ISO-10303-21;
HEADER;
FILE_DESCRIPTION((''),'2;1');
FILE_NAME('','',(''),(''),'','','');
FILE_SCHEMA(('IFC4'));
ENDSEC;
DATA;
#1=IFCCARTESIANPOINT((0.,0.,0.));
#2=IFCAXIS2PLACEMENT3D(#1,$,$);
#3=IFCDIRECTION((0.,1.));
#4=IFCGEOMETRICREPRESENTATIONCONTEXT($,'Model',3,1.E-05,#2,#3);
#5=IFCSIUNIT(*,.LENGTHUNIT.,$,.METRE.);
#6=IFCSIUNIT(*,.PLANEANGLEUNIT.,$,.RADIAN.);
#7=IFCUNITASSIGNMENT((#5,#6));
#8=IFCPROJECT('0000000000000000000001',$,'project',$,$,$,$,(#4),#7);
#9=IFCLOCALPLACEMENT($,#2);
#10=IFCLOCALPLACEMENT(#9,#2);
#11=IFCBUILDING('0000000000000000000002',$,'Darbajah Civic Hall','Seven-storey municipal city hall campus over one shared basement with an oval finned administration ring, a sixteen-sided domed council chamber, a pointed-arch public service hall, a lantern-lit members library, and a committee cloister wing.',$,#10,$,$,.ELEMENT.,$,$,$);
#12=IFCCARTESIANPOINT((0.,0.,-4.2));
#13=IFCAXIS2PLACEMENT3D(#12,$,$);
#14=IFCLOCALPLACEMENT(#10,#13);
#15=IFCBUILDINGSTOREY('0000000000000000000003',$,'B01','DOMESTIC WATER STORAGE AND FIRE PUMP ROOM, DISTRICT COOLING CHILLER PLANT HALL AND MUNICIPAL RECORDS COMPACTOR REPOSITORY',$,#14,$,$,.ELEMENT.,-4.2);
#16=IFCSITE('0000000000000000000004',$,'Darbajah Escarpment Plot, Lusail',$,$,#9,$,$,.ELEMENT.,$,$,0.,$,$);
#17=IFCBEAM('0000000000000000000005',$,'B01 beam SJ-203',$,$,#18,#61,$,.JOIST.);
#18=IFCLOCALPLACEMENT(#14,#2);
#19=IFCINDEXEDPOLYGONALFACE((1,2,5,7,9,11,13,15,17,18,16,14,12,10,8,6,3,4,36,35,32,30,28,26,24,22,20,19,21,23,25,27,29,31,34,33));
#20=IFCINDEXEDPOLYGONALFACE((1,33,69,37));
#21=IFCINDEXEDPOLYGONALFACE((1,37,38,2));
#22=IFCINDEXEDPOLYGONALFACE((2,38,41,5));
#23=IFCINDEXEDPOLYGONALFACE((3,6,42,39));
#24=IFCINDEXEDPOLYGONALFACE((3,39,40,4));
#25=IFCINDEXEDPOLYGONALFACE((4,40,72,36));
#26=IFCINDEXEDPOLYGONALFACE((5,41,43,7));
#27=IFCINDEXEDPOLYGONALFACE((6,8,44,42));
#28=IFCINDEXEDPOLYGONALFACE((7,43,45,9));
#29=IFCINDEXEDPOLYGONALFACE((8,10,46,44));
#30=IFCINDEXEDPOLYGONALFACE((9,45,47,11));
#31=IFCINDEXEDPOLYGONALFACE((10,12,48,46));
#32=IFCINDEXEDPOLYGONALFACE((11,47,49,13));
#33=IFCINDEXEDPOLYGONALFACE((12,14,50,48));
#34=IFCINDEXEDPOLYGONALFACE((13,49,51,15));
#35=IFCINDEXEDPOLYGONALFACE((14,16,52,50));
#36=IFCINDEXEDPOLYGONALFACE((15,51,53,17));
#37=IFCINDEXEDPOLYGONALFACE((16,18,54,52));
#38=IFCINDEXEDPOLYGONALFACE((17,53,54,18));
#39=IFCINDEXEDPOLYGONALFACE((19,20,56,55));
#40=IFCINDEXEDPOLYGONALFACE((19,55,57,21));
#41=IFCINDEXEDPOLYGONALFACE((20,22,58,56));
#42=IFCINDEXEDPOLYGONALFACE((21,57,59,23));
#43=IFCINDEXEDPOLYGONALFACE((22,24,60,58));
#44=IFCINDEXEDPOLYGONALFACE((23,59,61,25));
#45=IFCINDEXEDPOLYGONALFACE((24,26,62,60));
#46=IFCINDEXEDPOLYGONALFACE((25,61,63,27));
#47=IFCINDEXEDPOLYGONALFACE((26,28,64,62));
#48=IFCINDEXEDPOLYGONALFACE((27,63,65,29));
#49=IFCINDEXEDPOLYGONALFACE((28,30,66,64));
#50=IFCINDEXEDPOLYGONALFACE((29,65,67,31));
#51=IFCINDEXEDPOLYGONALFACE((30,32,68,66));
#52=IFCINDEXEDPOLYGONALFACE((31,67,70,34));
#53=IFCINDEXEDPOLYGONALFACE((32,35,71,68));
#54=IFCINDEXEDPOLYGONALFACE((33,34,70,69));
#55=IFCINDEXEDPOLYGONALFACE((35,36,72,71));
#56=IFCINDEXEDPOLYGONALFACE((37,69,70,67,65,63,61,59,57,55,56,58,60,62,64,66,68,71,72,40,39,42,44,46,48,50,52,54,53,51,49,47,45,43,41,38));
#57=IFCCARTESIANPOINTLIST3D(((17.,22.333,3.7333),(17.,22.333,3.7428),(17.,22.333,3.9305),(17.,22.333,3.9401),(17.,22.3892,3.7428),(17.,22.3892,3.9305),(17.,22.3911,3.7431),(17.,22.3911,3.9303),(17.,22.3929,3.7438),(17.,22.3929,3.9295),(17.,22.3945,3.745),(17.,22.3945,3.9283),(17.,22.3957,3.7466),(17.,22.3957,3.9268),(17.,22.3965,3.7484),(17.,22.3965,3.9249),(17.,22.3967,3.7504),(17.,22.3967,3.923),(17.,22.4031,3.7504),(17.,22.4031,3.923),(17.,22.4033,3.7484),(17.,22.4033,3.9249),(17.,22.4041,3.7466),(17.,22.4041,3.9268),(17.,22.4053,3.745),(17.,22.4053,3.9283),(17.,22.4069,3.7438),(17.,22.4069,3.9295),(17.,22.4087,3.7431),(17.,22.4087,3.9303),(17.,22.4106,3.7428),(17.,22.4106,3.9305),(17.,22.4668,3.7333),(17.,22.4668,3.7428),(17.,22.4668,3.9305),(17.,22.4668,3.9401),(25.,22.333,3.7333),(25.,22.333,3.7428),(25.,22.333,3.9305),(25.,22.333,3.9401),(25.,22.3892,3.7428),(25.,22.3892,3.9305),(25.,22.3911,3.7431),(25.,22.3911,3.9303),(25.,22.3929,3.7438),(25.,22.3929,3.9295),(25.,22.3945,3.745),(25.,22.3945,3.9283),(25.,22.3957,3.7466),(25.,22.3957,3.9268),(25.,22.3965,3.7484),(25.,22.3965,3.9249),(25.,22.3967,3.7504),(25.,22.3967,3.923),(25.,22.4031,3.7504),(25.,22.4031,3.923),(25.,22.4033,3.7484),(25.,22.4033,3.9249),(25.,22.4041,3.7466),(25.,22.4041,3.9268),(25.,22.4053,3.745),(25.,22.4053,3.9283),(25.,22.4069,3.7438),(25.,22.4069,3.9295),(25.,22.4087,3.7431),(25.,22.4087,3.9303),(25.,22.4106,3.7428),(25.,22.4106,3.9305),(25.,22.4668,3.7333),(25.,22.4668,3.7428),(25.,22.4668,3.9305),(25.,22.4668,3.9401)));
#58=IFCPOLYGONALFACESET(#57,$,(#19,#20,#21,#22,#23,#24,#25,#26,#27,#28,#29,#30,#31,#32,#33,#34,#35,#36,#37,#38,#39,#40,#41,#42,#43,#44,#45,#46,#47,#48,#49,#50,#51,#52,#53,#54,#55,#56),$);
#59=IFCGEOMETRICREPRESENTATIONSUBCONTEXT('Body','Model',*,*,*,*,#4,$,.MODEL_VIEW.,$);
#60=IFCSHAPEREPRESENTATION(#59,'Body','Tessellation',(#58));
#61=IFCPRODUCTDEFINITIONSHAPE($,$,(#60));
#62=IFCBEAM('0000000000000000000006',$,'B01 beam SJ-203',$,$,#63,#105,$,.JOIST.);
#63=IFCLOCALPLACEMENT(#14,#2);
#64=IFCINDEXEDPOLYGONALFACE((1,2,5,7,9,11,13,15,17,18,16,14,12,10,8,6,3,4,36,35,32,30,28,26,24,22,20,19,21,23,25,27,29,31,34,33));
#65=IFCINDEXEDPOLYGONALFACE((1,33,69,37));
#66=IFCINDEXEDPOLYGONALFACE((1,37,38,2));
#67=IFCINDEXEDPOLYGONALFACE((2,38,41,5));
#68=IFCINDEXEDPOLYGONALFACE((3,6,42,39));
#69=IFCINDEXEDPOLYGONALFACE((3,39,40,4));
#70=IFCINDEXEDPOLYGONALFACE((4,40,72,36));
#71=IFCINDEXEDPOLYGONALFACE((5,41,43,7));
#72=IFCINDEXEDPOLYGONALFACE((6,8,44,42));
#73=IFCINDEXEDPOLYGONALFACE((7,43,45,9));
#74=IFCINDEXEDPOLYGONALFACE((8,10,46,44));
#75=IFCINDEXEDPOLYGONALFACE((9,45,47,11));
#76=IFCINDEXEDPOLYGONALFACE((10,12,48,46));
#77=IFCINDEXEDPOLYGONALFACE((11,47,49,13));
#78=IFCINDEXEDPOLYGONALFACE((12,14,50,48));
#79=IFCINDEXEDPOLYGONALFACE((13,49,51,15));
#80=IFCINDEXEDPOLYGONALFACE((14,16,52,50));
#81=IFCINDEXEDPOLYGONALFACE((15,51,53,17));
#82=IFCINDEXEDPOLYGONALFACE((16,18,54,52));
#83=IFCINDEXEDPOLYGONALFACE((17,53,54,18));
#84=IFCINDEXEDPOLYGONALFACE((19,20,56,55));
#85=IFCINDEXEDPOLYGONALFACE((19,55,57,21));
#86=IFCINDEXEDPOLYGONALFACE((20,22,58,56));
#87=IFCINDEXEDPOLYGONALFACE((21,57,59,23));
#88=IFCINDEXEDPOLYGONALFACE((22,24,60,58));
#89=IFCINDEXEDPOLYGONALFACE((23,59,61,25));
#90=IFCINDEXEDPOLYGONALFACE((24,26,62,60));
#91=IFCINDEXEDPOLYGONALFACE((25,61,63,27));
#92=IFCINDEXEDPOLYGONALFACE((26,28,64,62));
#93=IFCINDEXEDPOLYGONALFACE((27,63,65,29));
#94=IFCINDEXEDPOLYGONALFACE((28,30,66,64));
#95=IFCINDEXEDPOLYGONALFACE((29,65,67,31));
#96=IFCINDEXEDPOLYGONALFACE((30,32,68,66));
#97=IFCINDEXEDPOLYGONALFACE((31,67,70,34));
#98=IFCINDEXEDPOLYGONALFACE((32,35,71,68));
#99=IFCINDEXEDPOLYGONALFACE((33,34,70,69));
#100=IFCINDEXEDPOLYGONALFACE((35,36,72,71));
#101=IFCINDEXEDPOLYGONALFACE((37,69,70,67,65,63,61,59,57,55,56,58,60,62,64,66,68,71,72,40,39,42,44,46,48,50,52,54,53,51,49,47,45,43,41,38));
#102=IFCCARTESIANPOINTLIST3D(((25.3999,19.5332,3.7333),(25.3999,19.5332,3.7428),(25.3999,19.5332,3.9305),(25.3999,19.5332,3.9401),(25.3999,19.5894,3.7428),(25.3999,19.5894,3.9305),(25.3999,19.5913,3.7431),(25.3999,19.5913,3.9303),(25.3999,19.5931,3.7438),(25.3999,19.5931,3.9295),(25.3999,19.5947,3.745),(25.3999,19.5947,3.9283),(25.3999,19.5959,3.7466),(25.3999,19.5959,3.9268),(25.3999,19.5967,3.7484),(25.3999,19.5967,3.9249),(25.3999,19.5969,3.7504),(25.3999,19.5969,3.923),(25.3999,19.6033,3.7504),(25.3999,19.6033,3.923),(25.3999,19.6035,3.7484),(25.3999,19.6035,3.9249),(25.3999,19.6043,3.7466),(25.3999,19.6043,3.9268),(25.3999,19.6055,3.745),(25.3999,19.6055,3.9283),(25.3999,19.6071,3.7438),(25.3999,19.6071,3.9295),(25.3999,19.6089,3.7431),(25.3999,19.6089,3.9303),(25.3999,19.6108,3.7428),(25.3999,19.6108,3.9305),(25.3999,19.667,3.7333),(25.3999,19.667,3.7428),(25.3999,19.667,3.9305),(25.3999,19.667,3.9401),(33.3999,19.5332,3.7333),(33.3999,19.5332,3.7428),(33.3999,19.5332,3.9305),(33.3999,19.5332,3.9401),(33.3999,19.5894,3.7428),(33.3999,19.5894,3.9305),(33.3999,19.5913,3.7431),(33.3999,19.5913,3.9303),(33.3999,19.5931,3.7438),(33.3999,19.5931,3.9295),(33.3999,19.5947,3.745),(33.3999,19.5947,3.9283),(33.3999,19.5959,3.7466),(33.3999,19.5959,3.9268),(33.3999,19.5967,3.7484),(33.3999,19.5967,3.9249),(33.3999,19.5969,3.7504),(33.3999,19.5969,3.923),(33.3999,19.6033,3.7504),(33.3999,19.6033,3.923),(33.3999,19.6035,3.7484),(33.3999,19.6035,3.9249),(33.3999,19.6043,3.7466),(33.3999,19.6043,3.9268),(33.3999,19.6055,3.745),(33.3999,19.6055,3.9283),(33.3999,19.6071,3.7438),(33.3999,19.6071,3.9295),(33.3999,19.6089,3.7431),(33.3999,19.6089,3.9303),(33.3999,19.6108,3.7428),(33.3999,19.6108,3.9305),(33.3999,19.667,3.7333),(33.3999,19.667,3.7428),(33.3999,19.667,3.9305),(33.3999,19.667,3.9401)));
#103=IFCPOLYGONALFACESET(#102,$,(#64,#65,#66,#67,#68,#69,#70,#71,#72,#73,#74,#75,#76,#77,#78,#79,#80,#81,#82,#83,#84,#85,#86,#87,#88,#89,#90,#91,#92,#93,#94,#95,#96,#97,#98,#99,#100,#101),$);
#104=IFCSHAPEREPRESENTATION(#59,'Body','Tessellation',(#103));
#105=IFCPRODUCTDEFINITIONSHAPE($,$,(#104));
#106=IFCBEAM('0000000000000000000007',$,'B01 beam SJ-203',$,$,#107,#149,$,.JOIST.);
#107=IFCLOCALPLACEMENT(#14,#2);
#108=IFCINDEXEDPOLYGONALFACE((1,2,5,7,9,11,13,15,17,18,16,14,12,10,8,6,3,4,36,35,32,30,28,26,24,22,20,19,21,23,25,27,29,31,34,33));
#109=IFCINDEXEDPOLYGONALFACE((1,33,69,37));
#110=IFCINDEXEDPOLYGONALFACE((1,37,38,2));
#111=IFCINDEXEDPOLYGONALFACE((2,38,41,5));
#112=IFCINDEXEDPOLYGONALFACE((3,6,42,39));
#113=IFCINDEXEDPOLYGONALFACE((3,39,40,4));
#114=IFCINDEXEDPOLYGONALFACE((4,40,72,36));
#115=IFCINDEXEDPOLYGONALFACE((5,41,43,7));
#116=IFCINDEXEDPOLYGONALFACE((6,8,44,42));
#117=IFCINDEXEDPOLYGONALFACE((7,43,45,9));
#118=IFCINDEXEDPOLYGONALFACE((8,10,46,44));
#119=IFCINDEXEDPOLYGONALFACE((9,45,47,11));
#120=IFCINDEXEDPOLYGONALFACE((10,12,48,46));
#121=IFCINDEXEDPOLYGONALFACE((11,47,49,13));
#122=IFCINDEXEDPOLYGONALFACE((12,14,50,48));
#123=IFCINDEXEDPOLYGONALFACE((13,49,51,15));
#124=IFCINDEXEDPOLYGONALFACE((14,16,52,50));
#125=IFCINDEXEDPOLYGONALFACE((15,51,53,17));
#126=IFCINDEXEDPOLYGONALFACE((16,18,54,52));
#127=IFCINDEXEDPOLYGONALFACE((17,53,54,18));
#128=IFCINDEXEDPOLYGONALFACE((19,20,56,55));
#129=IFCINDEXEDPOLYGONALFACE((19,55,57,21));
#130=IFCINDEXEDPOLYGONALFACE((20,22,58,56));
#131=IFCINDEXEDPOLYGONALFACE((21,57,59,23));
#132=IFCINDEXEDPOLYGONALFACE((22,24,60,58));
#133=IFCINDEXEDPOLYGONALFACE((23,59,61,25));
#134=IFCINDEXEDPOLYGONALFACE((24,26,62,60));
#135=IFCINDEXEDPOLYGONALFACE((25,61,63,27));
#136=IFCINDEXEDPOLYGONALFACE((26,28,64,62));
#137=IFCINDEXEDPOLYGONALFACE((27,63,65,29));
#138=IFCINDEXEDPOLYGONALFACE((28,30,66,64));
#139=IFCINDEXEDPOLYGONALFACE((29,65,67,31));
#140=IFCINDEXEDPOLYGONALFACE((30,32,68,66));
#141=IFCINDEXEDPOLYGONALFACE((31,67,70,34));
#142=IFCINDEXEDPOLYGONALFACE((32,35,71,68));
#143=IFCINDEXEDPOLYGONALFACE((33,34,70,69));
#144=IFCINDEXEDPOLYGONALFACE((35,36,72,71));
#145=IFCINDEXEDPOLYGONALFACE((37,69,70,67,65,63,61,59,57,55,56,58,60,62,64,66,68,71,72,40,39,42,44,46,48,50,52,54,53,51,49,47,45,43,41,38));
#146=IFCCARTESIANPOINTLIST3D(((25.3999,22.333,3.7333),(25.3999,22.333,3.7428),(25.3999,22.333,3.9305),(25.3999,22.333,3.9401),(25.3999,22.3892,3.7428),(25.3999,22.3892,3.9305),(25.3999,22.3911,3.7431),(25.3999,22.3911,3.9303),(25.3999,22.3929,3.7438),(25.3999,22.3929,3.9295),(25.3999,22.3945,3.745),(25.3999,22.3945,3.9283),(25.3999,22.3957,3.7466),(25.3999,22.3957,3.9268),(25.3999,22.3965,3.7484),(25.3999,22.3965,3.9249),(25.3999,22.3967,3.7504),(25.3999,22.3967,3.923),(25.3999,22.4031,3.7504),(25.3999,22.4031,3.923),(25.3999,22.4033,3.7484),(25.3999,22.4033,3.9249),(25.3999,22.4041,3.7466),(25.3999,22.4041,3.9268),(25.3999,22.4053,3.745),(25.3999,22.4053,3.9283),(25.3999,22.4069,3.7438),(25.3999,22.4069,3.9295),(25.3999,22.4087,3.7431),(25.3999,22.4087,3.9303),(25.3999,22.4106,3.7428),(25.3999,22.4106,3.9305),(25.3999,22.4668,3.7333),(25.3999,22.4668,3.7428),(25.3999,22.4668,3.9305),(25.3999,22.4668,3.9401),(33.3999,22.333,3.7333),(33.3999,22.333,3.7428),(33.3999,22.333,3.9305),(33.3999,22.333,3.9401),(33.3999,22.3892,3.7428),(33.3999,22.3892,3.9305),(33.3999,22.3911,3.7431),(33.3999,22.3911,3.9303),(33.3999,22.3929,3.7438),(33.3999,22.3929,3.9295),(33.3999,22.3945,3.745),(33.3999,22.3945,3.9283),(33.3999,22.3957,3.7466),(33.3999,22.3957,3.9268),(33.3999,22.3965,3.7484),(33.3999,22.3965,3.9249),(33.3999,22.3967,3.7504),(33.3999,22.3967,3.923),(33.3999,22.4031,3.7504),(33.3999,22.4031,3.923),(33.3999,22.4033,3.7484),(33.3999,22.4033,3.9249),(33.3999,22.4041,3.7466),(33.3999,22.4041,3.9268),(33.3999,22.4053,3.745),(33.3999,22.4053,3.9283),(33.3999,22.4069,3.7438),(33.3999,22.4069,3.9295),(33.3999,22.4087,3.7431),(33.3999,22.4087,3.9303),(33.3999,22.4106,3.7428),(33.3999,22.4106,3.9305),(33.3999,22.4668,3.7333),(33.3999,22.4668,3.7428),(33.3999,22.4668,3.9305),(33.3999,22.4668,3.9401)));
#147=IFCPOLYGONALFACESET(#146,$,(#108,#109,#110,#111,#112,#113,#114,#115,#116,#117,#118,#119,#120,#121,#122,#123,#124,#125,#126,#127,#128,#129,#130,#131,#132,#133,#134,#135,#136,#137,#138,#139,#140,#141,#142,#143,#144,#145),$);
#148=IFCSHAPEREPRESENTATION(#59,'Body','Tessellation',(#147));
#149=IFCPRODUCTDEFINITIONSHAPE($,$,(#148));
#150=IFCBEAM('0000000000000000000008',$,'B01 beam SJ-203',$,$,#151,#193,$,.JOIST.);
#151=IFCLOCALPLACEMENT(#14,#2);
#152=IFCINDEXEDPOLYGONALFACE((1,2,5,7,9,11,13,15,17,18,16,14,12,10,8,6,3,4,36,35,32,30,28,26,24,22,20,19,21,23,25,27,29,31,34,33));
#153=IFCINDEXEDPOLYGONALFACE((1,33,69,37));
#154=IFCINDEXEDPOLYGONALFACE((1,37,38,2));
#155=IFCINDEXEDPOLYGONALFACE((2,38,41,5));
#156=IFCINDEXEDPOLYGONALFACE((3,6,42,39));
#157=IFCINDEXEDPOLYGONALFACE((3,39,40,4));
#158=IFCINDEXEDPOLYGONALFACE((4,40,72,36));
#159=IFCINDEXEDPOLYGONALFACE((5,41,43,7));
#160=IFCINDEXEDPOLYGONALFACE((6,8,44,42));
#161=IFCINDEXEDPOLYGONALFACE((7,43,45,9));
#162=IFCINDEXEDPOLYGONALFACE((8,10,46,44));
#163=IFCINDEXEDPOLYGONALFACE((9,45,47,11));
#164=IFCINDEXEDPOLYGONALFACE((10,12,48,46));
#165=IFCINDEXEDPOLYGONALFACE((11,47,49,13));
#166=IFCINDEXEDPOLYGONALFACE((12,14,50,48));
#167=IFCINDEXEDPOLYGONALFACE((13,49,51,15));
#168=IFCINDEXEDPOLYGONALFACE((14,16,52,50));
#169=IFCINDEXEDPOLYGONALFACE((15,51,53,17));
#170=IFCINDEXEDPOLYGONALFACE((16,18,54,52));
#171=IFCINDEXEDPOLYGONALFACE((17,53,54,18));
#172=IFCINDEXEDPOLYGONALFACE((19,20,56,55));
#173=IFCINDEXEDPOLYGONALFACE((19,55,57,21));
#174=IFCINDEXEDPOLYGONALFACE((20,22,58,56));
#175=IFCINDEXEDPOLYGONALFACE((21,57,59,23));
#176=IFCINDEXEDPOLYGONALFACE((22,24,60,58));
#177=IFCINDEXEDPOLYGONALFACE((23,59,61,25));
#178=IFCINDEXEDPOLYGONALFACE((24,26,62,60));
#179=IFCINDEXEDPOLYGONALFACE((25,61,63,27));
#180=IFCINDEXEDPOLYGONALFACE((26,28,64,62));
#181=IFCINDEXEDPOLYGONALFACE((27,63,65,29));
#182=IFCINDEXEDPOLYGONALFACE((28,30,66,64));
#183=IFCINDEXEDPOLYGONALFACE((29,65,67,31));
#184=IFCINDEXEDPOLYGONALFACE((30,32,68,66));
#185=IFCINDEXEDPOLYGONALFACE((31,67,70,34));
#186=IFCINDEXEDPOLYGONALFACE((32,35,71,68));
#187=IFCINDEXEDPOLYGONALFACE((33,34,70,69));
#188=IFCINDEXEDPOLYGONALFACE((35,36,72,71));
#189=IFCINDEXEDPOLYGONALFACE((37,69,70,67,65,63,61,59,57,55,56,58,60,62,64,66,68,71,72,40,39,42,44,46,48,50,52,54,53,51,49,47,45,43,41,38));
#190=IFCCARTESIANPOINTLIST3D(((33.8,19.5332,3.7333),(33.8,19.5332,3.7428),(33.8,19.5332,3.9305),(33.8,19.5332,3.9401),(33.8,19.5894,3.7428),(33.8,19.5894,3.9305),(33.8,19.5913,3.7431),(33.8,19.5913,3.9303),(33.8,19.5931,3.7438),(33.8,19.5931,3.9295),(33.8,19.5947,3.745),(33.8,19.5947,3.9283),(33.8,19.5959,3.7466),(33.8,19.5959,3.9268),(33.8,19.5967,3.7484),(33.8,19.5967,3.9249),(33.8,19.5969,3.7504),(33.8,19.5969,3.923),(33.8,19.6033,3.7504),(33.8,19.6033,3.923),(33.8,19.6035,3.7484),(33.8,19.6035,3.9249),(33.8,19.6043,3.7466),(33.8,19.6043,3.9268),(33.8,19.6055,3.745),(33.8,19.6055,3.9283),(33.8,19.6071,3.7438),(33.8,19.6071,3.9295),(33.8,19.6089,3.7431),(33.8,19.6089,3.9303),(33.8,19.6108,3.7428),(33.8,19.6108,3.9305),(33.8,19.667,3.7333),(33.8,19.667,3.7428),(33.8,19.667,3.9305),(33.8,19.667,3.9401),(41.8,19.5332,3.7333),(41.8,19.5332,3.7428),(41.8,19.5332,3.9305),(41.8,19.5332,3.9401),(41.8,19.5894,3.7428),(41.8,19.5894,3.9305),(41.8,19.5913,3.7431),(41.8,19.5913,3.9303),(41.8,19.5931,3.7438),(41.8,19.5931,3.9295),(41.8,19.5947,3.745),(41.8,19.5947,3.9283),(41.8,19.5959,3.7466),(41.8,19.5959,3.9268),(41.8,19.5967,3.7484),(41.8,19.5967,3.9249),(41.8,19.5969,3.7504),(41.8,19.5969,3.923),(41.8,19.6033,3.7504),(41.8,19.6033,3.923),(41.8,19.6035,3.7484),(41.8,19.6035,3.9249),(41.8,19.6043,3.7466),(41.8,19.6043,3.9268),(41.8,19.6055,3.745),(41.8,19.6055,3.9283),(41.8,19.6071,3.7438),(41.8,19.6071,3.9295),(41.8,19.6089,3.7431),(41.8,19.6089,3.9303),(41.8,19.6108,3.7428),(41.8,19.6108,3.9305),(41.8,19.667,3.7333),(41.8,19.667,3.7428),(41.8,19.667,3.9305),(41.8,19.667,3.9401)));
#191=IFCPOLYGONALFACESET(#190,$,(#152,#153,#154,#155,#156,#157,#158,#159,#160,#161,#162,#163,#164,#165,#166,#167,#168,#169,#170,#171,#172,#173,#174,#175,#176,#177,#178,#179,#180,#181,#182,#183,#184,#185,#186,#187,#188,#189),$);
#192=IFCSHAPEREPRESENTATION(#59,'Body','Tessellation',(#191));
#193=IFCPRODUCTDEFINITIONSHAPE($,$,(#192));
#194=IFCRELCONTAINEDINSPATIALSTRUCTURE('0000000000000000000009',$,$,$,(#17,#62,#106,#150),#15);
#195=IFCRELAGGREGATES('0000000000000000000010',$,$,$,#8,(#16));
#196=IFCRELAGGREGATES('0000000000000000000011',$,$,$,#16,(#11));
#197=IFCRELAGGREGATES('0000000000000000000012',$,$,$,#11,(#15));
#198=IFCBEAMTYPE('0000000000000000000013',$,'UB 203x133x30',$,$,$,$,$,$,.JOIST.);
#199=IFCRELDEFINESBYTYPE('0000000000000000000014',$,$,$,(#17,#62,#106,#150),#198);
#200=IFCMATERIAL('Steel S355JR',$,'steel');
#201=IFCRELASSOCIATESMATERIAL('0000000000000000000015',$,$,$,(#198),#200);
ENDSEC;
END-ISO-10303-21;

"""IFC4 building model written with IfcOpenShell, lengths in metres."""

from ifc_helpers import new_model, si_unit, direction, frame, origin, origin_2d, place, context, subcontext, project, spatial, i_section, extrude, material, material_profile, profile_set, type_object, element, save


model = new_model("IFC4")

# Units and contexts
model_context = context("Model", 3, precision=1e-05, world=origin(), true_north=direction((0.0, 1.0)))
body_context = subcontext(model_context, "Body", "Model", "MODEL_VIEW")
ifc_project = project(units=[si_unit("LENGTHUNIT", "METRE"), si_unit("PLANEANGLEUNIT", "RADIAN")], contexts=[model_context])

# Site, building, storey
site_placement = place(None, origin())
site = spatial("IfcSite", under=ifc_project, at=site_placement, Name="Darbajah Escarpment Plot, Lusail", CompositionType="ELEMENT", RefElevation=0.0)
building_placement = place(site_placement, origin())
building = spatial("IfcBuilding", under=site, at=building_placement, Name="Darbajah Civic Hall", Description="Seven-storey municipal city hall campus over one shared basement with an oval finned administration ring, a sixteen-sided domed council chamber, a pointed-arch public service hall, a lantern-lit members library, and a committee cloister wing.", CompositionType="ELEMENT")
storey_placement = place(building_placement, frame((0.0, 0.0, -4.2)))
storey = spatial("IfcBuildingStorey", under=building, at=storey_placement, Name="B01", Description="DOMESTIC WATER STORAGE AND FIRE PUMP ROOM, DISTRICT COOLING CHILLER PLANT HALL AND MUNICIPAL RECORDS COMPACTOR REPOSITORY", CompositionType="ELEMENT", Elevation=-4.2)

# Beams
ifc_material_1 = material(Name="Steel S355JR", Category="steel")
ifc_material_profile_1 = material_profile(ifc_material_1, i_section(OverallWidth=0.1338, OverallDepth=0.2068, WebThickness=0.0063, FlangeThickness=0.0095, FilletRadius=0.0076, at=origin_2d()), Name="UB 203x133x30")
ifc_profile_set_1 = profile_set([ifc_material_profile_1], Name="Steel S355JR")
beam_type_1 = type_object("IfcBeamType", Name="UB 203x133x30", PredefinedType="JOIST", material=ifc_profile_set_1)
for number, where, z_axis, x_axis, name in (
    (1, (17.0, 22.3999, 3.8367), (1.0, 0.0, 0.0), (0.0, 1.0, 0.0), "B01 beam SJ-203"),
    (2, (25.3999, 19.6001, 3.8367), (1.0, 0.0, 0.0), (0.0, 1.0, 0.0), "B01 beam SJ-203"),
    (3, (25.3999, 22.3999, 3.8367), (1.0, 0.0, 0.0), (0.0, 1.0, 0.0), "B01 beam SJ-203"),
    (4, (33.8, 19.6001, 3.8367), (1.0, 0.0, 0.0), (0.0, 1.0, 0.0), "B01 beam SJ-203"),
):
    element("IfcBeam", number, at=place(storey_placement, frame(where, z_axis=z_axis, x_axis=x_axis)), inside=storey, type_object=beam_type_1, Name=name, PredefinedType="JOIST", context=body_context, shape_type="SweptSolid", body=[
        extrude(i_section(OverallWidth=0.1338, OverallDepth=0.2068, WebThickness=0.0063, FlangeThickness=0.0095, FilletRadius=0.0076, at=origin_2d()), origin(), (0.0, 0.0, 1.0), 8.0),
    ])

save(model, "model.ifc")
